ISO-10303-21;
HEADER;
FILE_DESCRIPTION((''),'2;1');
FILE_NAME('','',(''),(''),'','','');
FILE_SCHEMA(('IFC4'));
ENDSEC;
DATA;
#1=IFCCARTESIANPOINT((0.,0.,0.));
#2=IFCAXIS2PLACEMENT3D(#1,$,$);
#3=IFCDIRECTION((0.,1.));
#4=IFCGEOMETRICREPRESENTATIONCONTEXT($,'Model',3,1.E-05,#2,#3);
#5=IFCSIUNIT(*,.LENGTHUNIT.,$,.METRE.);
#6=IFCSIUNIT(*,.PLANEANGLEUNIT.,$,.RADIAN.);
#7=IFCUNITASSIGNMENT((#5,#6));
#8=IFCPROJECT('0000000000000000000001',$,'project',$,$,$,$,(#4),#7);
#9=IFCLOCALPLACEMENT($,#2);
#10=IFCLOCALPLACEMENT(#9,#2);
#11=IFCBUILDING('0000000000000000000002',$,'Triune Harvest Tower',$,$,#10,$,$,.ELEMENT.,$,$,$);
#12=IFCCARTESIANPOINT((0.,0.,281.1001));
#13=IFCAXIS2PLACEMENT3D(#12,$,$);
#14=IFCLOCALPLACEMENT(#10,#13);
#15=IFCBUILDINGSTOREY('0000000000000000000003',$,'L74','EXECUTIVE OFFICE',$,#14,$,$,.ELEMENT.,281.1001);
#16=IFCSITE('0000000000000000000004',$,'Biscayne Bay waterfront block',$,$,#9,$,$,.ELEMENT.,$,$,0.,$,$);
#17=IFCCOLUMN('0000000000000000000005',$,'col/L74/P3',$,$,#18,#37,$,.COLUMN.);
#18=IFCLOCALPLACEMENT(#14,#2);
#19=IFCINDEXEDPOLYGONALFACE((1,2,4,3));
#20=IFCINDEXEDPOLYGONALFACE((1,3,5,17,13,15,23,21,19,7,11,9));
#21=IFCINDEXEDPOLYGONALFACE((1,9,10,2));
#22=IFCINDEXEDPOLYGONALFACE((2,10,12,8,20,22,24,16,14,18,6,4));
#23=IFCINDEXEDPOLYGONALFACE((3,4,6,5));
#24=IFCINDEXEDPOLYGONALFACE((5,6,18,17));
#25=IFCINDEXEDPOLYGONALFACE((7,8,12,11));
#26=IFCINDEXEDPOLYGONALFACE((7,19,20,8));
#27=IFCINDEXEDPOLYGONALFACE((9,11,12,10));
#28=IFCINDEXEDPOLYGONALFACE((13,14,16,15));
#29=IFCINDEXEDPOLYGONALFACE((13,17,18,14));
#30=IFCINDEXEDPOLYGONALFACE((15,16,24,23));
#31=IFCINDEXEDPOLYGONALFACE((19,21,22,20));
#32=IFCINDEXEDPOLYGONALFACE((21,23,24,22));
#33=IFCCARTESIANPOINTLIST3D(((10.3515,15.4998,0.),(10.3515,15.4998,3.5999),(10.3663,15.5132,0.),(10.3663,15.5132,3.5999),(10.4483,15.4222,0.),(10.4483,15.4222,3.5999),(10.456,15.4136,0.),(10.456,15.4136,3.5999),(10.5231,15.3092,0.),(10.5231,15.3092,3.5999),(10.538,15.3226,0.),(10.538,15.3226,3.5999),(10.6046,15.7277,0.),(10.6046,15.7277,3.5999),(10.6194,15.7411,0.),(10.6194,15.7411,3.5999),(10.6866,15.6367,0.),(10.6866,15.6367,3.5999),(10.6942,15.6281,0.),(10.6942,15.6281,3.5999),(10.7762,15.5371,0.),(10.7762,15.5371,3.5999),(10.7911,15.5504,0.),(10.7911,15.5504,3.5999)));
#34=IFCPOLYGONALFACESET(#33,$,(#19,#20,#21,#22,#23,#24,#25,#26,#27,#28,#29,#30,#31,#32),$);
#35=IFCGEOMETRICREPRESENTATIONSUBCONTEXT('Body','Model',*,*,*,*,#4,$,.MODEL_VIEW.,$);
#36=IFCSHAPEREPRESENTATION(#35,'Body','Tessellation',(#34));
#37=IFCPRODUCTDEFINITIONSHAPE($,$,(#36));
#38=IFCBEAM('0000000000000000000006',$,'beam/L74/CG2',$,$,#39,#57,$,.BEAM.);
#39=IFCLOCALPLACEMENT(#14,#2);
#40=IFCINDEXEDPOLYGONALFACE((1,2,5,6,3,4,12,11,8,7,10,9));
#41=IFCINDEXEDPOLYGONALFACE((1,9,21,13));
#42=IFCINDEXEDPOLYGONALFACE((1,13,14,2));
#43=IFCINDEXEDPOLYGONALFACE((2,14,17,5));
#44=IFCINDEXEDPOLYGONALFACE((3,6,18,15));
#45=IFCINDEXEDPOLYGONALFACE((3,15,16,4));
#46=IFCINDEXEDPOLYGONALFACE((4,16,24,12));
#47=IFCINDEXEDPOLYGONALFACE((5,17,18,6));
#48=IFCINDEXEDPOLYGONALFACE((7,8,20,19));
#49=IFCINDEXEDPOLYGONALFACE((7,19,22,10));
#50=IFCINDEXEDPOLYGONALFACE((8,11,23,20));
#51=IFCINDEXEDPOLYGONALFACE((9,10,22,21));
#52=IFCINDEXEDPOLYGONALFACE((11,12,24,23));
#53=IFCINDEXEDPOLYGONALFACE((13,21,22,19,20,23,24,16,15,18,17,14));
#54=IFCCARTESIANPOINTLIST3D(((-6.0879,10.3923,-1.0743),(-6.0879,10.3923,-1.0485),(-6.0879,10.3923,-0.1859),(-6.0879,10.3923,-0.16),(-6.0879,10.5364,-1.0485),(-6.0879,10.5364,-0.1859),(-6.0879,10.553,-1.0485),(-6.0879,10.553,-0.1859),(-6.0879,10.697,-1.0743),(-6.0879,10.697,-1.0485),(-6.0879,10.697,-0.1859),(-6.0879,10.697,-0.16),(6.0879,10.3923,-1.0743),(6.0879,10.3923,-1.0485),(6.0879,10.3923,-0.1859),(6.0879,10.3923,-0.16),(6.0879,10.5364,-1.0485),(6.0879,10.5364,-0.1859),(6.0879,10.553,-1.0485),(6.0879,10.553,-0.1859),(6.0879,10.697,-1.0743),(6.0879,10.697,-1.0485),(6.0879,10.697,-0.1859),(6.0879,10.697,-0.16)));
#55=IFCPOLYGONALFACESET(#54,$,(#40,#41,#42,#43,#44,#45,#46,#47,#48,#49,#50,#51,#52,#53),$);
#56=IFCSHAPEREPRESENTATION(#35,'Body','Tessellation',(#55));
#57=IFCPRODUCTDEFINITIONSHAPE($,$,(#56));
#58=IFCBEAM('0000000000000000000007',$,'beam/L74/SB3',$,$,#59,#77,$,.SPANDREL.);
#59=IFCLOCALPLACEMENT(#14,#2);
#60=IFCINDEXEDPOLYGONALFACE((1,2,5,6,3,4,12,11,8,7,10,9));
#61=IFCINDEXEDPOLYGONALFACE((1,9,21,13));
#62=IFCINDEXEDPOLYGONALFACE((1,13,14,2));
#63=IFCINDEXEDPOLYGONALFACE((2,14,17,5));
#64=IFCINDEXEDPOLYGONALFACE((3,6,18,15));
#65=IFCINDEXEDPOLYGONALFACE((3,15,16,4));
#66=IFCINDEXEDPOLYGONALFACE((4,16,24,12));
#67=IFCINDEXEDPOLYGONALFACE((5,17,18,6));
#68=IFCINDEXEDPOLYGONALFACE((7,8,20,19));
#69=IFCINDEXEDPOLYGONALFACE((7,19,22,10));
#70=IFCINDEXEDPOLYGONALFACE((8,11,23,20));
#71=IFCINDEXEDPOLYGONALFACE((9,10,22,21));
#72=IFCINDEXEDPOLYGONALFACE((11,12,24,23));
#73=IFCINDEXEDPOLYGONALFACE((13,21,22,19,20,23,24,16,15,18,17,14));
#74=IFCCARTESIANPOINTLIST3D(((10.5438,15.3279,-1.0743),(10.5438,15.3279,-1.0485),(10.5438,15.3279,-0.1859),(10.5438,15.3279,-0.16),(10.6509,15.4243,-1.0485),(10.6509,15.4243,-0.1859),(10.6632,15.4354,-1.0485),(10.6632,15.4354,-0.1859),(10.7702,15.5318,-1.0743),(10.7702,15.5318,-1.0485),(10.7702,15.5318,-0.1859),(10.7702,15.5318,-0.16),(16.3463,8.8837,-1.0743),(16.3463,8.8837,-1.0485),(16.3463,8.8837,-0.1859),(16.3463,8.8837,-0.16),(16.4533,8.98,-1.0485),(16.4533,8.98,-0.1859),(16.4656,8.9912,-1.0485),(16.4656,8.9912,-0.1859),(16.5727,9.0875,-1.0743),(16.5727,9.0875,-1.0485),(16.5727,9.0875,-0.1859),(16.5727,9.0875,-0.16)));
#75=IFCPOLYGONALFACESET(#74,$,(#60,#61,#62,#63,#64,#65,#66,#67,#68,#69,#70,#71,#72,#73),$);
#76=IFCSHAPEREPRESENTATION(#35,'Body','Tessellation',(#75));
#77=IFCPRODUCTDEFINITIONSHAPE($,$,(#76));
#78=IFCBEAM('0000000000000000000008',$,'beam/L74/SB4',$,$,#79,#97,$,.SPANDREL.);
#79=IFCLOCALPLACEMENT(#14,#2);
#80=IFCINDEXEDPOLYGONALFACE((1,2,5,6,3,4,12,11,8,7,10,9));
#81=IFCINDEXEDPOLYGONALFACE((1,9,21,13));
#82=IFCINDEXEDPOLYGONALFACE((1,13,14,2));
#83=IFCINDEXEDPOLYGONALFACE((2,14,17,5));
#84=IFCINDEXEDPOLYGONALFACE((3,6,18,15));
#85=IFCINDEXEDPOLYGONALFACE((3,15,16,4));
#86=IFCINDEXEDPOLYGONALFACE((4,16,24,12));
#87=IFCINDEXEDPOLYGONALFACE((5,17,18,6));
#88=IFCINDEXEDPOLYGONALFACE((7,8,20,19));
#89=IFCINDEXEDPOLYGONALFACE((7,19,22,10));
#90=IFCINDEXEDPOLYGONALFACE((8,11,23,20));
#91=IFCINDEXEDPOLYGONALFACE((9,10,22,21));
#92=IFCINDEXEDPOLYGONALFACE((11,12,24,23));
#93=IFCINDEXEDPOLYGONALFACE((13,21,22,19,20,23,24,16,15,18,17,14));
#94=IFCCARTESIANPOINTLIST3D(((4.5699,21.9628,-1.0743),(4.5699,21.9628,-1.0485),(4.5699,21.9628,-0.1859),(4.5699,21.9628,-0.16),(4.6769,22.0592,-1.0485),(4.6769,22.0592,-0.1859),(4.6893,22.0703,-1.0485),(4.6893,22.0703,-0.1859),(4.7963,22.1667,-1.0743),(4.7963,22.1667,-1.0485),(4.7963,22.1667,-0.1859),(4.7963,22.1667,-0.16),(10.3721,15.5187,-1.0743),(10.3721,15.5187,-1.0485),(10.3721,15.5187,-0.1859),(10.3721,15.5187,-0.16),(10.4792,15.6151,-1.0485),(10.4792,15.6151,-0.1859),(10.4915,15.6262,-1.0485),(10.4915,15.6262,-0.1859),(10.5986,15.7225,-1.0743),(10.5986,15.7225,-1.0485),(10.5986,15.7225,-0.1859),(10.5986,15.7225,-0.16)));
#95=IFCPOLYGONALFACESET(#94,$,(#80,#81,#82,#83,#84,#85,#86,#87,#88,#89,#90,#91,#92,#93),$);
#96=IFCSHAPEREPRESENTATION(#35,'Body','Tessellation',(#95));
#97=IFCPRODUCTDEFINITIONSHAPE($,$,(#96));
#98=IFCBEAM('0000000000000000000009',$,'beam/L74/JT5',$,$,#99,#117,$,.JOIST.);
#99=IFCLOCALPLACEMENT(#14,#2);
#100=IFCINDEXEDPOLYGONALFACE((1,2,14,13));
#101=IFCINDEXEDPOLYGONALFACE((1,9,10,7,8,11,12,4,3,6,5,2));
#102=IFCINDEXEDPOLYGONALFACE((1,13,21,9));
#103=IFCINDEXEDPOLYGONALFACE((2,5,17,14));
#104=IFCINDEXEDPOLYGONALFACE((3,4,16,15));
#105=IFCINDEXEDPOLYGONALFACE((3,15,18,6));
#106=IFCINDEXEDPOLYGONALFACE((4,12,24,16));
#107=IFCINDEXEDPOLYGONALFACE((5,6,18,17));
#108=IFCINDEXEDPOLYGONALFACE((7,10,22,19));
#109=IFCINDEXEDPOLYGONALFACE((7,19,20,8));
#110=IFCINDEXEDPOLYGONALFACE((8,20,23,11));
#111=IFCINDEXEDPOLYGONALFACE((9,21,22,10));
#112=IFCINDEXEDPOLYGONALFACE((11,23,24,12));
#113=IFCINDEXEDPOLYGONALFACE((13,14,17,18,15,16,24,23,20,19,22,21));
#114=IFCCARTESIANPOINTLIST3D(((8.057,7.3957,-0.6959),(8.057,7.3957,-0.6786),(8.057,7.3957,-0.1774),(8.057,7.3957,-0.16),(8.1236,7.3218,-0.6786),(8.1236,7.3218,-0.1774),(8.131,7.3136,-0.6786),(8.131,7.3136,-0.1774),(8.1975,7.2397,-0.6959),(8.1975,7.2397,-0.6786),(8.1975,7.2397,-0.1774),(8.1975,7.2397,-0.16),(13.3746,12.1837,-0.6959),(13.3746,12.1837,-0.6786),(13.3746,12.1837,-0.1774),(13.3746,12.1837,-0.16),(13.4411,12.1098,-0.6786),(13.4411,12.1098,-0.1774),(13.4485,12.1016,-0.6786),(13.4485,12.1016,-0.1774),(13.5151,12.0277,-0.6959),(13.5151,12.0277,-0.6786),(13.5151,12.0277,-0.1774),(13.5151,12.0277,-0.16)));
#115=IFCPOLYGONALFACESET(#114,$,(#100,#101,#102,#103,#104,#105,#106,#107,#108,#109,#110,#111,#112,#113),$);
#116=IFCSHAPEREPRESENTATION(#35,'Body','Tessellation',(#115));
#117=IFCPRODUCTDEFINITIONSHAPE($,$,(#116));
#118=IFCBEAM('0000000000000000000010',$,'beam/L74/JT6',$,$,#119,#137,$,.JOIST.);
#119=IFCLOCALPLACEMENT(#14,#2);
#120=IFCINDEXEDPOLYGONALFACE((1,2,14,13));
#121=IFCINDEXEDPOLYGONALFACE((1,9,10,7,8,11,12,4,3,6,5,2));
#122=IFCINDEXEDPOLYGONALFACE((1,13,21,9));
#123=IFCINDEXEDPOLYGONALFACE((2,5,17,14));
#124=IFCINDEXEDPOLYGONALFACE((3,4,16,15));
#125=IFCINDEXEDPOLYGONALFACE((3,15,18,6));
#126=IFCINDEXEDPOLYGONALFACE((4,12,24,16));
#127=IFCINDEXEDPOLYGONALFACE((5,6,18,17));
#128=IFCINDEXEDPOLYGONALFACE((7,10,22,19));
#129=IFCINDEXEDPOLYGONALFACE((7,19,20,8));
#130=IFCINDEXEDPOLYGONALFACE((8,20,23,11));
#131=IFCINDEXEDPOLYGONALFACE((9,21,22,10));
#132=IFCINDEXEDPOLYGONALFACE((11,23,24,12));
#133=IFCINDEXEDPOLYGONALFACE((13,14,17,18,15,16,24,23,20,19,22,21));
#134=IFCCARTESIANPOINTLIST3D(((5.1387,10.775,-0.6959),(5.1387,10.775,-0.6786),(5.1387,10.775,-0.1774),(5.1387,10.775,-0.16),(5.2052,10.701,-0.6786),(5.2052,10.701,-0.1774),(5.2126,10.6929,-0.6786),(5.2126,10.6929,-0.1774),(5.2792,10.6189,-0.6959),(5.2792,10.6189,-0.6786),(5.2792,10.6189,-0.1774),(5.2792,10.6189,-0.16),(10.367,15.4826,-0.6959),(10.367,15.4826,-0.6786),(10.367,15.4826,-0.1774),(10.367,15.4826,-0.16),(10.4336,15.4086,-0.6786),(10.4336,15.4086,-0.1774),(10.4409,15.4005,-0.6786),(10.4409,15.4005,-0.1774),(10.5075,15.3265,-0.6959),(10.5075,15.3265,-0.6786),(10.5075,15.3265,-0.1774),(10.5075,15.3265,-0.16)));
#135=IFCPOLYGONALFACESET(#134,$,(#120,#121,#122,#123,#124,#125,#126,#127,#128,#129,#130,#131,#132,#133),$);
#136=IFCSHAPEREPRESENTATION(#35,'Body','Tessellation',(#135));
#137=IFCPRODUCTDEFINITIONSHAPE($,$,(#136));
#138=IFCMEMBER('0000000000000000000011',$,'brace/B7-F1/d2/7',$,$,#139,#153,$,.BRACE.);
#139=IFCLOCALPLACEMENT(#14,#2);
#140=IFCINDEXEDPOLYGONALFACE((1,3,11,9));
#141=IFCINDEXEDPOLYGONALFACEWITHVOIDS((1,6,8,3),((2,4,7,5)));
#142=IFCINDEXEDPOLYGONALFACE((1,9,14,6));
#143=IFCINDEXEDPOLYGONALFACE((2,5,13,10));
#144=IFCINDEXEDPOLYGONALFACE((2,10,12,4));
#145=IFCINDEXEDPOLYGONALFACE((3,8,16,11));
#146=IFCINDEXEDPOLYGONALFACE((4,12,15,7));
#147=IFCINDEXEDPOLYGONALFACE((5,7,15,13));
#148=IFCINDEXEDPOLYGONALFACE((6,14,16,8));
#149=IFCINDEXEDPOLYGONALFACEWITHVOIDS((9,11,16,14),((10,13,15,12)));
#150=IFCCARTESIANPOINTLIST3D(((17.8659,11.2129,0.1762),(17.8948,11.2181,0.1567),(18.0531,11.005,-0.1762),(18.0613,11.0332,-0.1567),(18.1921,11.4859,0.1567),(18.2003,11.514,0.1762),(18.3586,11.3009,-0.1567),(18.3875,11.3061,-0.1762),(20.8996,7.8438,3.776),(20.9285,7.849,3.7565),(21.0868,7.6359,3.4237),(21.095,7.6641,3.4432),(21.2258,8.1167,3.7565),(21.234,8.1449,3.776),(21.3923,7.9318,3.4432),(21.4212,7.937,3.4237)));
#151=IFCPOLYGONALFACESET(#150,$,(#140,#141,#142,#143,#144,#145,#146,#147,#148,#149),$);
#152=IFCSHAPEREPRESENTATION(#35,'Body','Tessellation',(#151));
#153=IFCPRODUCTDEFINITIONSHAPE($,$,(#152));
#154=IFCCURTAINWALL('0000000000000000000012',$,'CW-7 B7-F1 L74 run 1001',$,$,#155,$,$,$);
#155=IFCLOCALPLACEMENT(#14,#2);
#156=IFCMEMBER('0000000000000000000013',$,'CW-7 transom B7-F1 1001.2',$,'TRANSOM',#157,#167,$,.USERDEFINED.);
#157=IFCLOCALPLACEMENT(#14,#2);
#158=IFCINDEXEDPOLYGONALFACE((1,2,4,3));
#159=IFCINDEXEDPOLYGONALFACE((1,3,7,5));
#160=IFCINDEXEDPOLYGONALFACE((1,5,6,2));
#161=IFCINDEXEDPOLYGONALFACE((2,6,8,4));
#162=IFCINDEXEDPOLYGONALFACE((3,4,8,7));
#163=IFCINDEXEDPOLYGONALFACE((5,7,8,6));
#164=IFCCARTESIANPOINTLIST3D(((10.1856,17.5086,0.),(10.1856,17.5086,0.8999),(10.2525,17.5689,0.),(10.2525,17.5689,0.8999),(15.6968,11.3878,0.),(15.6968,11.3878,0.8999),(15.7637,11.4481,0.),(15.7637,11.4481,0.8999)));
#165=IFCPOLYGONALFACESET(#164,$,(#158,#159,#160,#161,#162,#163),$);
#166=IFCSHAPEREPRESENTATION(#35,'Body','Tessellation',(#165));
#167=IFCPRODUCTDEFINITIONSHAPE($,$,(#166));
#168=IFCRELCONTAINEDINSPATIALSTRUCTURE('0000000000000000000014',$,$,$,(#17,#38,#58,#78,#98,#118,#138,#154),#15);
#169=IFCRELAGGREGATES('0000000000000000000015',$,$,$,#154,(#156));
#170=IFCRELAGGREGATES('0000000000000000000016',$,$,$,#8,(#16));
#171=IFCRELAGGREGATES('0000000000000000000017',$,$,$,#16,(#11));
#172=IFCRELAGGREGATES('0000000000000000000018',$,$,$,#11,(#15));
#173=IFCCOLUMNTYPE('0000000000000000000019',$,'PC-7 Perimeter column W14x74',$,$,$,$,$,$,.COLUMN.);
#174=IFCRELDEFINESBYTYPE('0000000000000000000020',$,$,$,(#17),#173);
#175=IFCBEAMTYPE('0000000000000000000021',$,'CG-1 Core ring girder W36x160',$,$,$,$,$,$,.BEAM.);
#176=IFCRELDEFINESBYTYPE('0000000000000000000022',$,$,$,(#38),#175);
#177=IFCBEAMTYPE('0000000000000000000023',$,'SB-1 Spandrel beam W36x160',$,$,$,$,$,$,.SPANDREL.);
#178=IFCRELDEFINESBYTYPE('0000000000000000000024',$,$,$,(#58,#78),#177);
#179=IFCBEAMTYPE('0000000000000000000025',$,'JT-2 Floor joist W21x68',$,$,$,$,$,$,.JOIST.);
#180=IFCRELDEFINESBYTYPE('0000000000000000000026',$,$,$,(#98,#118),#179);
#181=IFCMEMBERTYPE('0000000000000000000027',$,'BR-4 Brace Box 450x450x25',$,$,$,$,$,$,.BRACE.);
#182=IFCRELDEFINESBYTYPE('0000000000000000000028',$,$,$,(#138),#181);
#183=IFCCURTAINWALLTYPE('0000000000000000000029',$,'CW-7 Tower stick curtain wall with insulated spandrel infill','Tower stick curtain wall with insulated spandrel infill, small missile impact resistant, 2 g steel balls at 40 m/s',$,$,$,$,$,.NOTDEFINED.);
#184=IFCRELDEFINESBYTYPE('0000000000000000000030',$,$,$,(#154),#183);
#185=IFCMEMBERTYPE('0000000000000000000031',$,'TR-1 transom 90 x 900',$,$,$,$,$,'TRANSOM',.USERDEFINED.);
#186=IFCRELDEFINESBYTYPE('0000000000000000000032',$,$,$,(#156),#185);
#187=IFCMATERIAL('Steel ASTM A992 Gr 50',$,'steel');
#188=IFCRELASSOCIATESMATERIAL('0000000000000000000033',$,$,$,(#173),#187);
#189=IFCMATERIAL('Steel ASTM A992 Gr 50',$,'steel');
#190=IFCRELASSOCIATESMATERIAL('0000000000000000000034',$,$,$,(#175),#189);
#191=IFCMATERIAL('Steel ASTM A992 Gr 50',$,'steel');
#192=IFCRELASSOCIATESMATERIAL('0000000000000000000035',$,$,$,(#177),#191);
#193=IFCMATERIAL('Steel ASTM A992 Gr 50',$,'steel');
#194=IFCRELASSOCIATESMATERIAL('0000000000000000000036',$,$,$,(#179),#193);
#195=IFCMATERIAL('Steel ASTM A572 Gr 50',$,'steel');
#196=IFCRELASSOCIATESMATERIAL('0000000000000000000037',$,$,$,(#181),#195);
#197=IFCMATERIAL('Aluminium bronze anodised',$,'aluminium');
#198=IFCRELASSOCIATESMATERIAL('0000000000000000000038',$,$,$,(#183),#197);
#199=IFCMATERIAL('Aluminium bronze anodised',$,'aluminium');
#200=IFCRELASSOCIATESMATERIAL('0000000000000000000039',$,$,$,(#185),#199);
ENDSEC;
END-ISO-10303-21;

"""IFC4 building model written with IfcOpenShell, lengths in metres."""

from ifc_helpers import new_model, si_unit, direction, frame, origin, origin_2d, place, context, subcontext, project, spatial, rectangle, hollow_rectangle, i_section, extrude, source, transform, mapped, material, material_profile, profile_set, type_object, element, aggregate, save


model = new_model("IFC4")

# Units and contexts
model_context = context("Model", 3, precision=1e-05, world=origin(), true_north=direction((0.0, 1.0)))
body_context = subcontext(model_context, "Body", "Model", "MODEL_VIEW")
ifc_project = project(units=[si_unit("LENGTHUNIT", "METRE"), si_unit("PLANEANGLEUNIT", "RADIAN")], contexts=[model_context])

# Site, building, storey
site_placement = place(None, origin())
site = spatial("IfcSite", under=ifc_project, at=site_placement, Name="Biscayne Bay waterfront block", CompositionType="ELEMENT", RefElevation=0.0)
building_placement = place(site_placement, origin())
building = spatial("IfcBuilding", under=site, at=building_placement, Name="Triune Harvest Tower", CompositionType="ELEMENT")
storey_placement = place(building_placement, frame((0.0, 0.0, 281.1001)))
storey = spatial("IfcBuildingStorey", under=building, at=storey_placement, Name="L74", Description="EXECUTIVE OFFICE", CompositionType="ELEMENT", Elevation=281.1001)

# Column
ifc_material_1 = material(Name="Steel ASTM A992 Gr 50", Category="steel")
ifc_material_profile_1 = material_profile(ifc_material_1, i_section(OverallWidth=0.2566, OverallDepth=0.3606, WebThickness=0.0115, FlangeThickness=0.02, at=origin_2d()), Name="W14x74")
ifc_profile_set_1 = profile_set([ifc_material_profile_1], Name="Steel ASTM A992 Gr 50")
column_type = type_object("IfcColumnType", Name="PC-7 Perimeter column W14x74", PredefinedType="COLUMN", material=ifc_profile_set_1)
shared_shape_1 = source(origin(), body_context, "Body", "SweptSolid", [
    extrude(i_section(OverallWidth=0.2566, OverallDepth=0.3606, WebThickness=0.0115, FlangeThickness=0.02, at=origin_2d()), origin(), (0.0, 0.0, 1.0), 3.5999),
])
column_placement = place(storey_placement, frame((10.5713, 15.5251, 0.0), z_axis=(0.0, 0.0, 1.0), x_axis=(-0.669131, 0.743145, 0.0)))
element("IfcColumn", 1, at=column_placement, inside=storey, type_object=column_type, Name="col/L74/P3", PredefinedType="COLUMN", context=body_context, shape_type="MappedRepresentation", body=[
    mapped(shared_shape_1, transform((0.0, 0.0, 0.0), scale=1.0)),
])

# Beams
ifc_material_2 = material(Name="Steel ASTM A992 Gr 50", Category="steel")
ifc_material_profile_2 = material_profile(ifc_material_2, i_section(OverallWidth=0.3047, OverallDepth=0.9143, WebThickness=0.0166, FlangeThickness=0.0259, at=origin_2d()), Name="W36x160")
ifc_profile_set_2 = profile_set([ifc_material_profile_2], Name="Steel ASTM A992 Gr 50")
beam_type_1 = type_object("IfcBeamType", Name="CG-1 Core ring girder W36x160", PredefinedType="BEAM", material=ifc_profile_set_2)
shared_shape_2 = source(origin(), body_context, "Body", "SweptSolid", [
    extrude(i_section(OverallWidth=0.3047, OverallDepth=0.9143, WebThickness=0.0166, FlangeThickness=0.0259, at=origin_2d()), origin(), (0.0, 0.0, 1.0), 12.1758),
])
beam_1_placement = place(storey_placement, frame((6.0879, 10.5447, -0.6172), z_axis=(-1.0, 0.0, 0.0), x_axis=(0.0, -1.0, 0.0)))
element("IfcBeam", 2, at=beam_1_placement, inside=storey, type_object=beam_type_1, Name="beam/L74/CG2", PredefinedType="BEAM", context=body_context, shape_type="MappedRepresentation", body=[
    mapped(shared_shape_2, transform((0.0, 0.0, 0.0), scale=1.0)),
])
ifc_material_3 = material(Name="Steel ASTM A992 Gr 50", Category="steel")
ifc_material_profile_3 = material_profile(ifc_material_3, i_section(OverallWidth=0.3047, OverallDepth=0.9143, WebThickness=0.0166, FlangeThickness=0.0259, at=origin_2d()), Name="W36x160")
ifc_profile_set_3 = profile_set([ifc_material_profile_3], Name="Steel ASTM A992 Gr 50")
beam_type_2 = type_object("IfcBeamType", Name="SB-1 Spandrel beam W36x160", PredefinedType="SPANDREL", material=ifc_profile_set_3)
shared_shape_3 = source(origin(), body_context, "Body", "SweptSolid", [
    extrude(i_section(OverallWidth=0.3047, OverallDepth=0.9143, WebThickness=0.0166, FlangeThickness=0.0259, at=origin_2d()), origin(), (0.0, 0.0, 1.0), 8.6716),
])
beam_2_placement = place(storey_placement, frame((16.4595, 8.9856, -0.6172), z_axis=(-0.66913, 0.743146, 0.0), x_axis=(-0.743146, -0.66913, 0.0)))
element("IfcBeam", 3, at=beam_2_placement, inside=storey, type_object=beam_type_2, Name="beam/L74/SB3", PredefinedType="SPANDREL", context=body_context, shape_type="MappedRepresentation", body=[
    mapped(shared_shape_3, transform((0.0, 0.0, 0.0), scale=1.0)),
])
shared_shape_4 = source(origin(), body_context, "Body", "SweptSolid", [
    extrude(i_section(OverallWidth=0.3047, OverallDepth=0.9143, WebThickness=0.0166, FlangeThickness=0.0259, at=origin_2d()), origin(), (0.0, 0.0, 1.0), 8.6714),
])
beam_3_placement = place(storey_placement, frame((10.4854, 15.6206, -0.6172), z_axis=(-0.669128, 0.743147, 0.0), x_axis=(-0.743147, -0.669128, 0.0)))
element("IfcBeam", 4, at=beam_3_placement, inside=storey, type_object=beam_type_2, Name="beam/L74/SB4", PredefinedType="SPANDREL", context=body_context, shape_type="MappedRepresentation", body=[
    mapped(shared_shape_4, transform((0.0, 0.0, 0.0), scale=1.0)),
])
ifc_material_4 = material(Name="Steel ASTM A992 Gr 50", Category="steel")
ifc_material_profile_4 = material_profile(ifc_material_4, i_section(OverallWidth=0.21, OverallDepth=0.5359, WebThickness=0.011, FlangeThickness=0.0173, at=origin_2d()), Name="W21x68")
ifc_profile_set_4 = profile_set([ifc_material_profile_4], Name="Steel ASTM A992 Gr 50")
beam_type_3 = type_object("IfcBeamType", Name="JT-2 Floor joist W21x68", PredefinedType="JOIST", material=ifc_profile_set_4)
shared_shape_5 = source(origin(), body_context, "Body", "SweptSolid", [
    extrude(i_section(OverallWidth=0.21, OverallDepth=0.5359, WebThickness=0.011, FlangeThickness=0.0173, at=origin_2d()), origin(), (0.0, 0.0, 1.0), 7.1555),
])
beam_4_placement = place(storey_placement, frame((13.4448, 12.1057, -0.428), z_axis=(-0.74314, -0.669136, 0.0), x_axis=(0.669136, -0.74314, 0.0)))
element("IfcBeam", 5, at=beam_4_placement, inside=storey, type_object=beam_type_3, Name="beam/L74/JT5", PredefinedType="JOIST", context=body_context, shape_type="MappedRepresentation", body=[
    mapped(shared_shape_5, transform((0.0, 0.0, 0.0), scale=1.0)),
])
shared_shape_6 = source(origin(), body_context, "Body", "SweptSolid", [
    extrude(i_section(OverallWidth=0.21, OverallDepth=0.5359, WebThickness=0.011, FlangeThickness=0.0173, at=origin_2d()), origin(), (0.0, 0.0, 1.0), 7.0354),
])
beam_5_placement = place(storey_placement, frame((10.4373, 15.4045, -0.428), z_axis=(-0.743147, -0.669128, 0.0), x_axis=(0.669128, -0.743147, 0.0)))
element("IfcBeam", 6, at=beam_5_placement, inside=storey, type_object=beam_type_3, Name="beam/L74/JT6", PredefinedType="JOIST", context=body_context, shape_type="MappedRepresentation", body=[
    mapped(shared_shape_6, transform((0.0, 0.0, 0.0), scale=1.0)),
])

# Member
ifc_material_5 = material(Name="Steel ASTM A572 Gr 50", Category="steel")
ifc_material_profile_5 = material_profile(ifc_material_5, hollow_rectangle(XDim=0.45, YDim=0.45, WallThickness=0.0249, at=origin_2d()), Name="Box 450x450x25")
ifc_profile_set_5 = profile_set([ifc_material_profile_5], Name="Steel ASTM A572 Gr 50")
member_type_1 = type_object("IfcMemberType", Name="BR-4 Brace Box 450x450x25", PredefinedType="BRACE", material=ifc_profile_set_5)
shared_shape_7 = source(origin(), body_context, "Body", "SweptSolid", [
    extrude(hollow_rectangle(XDim=0.45, YDim=0.45, WallThickness=0.0249, at=origin_2d()), origin(), (0.0, 0.0, 1.0), 5.7891),
])
member_1_placement = place(storey_placement, frame((18.1267, 11.2595, 0.0), z_axis=(0.524038, -0.581983, 0.621836), x_axis=(0.743133, 0.669143, 0.0)))
element("IfcMember", 7, at=member_1_placement, inside=storey, type_object=member_type_1, Name="brace/B7-F1/d2/7", PredefinedType="BRACE", context=body_context, shape_type="MappedRepresentation", body=[
    mapped(shared_shape_7, transform((0.0, 0.0, 0.0), scale=1.0)),
])

# Curtain wall, member
ifc_material_6 = material(Name="Aluminium bronze anodised", Category="aluminium")
curtain_wall_type = type_object("IfcCurtainWallType", Name="CW-7 Tower stick curtain wall with insulated spandrel infill", Description="Tower stick curtain wall with insulated spandrel infill, small missile impact resistant, 2 g steel balls at 40 m/s", PredefinedType="NOTDEFINED", material=ifc_material_6)
curtain_wall_placement = place(storey_placement, origin())
curtain_wall = element("IfcCurtainWall", 8, at=curtain_wall_placement, inside=storey, type_object=curtain_wall_type, Name="CW-7 B7-F1 L74 run 1001")
ifc_material_7 = material(Name="Aluminium bronze anodised", Category="aluminium")
ifc_material_profile_6 = material_profile(ifc_material_7, rectangle(XDim=0.0901, YDim=0.8999, at=origin_2d()), Name="TR-1 transom 90 x 900")
ifc_profile_set_6 = profile_set([ifc_material_profile_6], Name="Aluminium bronze anodised")
member_type_2 = type_object("IfcMemberType", Name="TR-1 transom 90 x 900", ElementType="TRANSOM", PredefinedType="USERDEFINED", material=ifc_profile_set_6)
shared_shape_8 = source(origin(), body_context, "Body", "SweptSolid", [
    extrude(rectangle(XDim=0.0901, YDim=0.8999, at=origin_2d()), origin(), (0.0, 0.0, 1.0), 8.2363),
])
member_2_placement = place(storey_placement, frame((15.7302, 11.418, 0.45), z_axis=(-0.66913, 0.743145, 0.0), x_axis=(-0.743145, -0.66913, 0.0)))
member_2 = element("IfcMember", 9, at=member_2_placement, type_object=member_type_2, Name="CW-7 transom B7-F1 1001.2", ObjectType="TRANSOM", PredefinedType="USERDEFINED", context=body_context, shape_type="MappedRepresentation", body=[
    mapped(shared_shape_8, transform((0.0, 0.0, 0.0), scale=1.0)),
])
aggregate(curtain_wall, [member_2])

save(model, "model.ifc")
